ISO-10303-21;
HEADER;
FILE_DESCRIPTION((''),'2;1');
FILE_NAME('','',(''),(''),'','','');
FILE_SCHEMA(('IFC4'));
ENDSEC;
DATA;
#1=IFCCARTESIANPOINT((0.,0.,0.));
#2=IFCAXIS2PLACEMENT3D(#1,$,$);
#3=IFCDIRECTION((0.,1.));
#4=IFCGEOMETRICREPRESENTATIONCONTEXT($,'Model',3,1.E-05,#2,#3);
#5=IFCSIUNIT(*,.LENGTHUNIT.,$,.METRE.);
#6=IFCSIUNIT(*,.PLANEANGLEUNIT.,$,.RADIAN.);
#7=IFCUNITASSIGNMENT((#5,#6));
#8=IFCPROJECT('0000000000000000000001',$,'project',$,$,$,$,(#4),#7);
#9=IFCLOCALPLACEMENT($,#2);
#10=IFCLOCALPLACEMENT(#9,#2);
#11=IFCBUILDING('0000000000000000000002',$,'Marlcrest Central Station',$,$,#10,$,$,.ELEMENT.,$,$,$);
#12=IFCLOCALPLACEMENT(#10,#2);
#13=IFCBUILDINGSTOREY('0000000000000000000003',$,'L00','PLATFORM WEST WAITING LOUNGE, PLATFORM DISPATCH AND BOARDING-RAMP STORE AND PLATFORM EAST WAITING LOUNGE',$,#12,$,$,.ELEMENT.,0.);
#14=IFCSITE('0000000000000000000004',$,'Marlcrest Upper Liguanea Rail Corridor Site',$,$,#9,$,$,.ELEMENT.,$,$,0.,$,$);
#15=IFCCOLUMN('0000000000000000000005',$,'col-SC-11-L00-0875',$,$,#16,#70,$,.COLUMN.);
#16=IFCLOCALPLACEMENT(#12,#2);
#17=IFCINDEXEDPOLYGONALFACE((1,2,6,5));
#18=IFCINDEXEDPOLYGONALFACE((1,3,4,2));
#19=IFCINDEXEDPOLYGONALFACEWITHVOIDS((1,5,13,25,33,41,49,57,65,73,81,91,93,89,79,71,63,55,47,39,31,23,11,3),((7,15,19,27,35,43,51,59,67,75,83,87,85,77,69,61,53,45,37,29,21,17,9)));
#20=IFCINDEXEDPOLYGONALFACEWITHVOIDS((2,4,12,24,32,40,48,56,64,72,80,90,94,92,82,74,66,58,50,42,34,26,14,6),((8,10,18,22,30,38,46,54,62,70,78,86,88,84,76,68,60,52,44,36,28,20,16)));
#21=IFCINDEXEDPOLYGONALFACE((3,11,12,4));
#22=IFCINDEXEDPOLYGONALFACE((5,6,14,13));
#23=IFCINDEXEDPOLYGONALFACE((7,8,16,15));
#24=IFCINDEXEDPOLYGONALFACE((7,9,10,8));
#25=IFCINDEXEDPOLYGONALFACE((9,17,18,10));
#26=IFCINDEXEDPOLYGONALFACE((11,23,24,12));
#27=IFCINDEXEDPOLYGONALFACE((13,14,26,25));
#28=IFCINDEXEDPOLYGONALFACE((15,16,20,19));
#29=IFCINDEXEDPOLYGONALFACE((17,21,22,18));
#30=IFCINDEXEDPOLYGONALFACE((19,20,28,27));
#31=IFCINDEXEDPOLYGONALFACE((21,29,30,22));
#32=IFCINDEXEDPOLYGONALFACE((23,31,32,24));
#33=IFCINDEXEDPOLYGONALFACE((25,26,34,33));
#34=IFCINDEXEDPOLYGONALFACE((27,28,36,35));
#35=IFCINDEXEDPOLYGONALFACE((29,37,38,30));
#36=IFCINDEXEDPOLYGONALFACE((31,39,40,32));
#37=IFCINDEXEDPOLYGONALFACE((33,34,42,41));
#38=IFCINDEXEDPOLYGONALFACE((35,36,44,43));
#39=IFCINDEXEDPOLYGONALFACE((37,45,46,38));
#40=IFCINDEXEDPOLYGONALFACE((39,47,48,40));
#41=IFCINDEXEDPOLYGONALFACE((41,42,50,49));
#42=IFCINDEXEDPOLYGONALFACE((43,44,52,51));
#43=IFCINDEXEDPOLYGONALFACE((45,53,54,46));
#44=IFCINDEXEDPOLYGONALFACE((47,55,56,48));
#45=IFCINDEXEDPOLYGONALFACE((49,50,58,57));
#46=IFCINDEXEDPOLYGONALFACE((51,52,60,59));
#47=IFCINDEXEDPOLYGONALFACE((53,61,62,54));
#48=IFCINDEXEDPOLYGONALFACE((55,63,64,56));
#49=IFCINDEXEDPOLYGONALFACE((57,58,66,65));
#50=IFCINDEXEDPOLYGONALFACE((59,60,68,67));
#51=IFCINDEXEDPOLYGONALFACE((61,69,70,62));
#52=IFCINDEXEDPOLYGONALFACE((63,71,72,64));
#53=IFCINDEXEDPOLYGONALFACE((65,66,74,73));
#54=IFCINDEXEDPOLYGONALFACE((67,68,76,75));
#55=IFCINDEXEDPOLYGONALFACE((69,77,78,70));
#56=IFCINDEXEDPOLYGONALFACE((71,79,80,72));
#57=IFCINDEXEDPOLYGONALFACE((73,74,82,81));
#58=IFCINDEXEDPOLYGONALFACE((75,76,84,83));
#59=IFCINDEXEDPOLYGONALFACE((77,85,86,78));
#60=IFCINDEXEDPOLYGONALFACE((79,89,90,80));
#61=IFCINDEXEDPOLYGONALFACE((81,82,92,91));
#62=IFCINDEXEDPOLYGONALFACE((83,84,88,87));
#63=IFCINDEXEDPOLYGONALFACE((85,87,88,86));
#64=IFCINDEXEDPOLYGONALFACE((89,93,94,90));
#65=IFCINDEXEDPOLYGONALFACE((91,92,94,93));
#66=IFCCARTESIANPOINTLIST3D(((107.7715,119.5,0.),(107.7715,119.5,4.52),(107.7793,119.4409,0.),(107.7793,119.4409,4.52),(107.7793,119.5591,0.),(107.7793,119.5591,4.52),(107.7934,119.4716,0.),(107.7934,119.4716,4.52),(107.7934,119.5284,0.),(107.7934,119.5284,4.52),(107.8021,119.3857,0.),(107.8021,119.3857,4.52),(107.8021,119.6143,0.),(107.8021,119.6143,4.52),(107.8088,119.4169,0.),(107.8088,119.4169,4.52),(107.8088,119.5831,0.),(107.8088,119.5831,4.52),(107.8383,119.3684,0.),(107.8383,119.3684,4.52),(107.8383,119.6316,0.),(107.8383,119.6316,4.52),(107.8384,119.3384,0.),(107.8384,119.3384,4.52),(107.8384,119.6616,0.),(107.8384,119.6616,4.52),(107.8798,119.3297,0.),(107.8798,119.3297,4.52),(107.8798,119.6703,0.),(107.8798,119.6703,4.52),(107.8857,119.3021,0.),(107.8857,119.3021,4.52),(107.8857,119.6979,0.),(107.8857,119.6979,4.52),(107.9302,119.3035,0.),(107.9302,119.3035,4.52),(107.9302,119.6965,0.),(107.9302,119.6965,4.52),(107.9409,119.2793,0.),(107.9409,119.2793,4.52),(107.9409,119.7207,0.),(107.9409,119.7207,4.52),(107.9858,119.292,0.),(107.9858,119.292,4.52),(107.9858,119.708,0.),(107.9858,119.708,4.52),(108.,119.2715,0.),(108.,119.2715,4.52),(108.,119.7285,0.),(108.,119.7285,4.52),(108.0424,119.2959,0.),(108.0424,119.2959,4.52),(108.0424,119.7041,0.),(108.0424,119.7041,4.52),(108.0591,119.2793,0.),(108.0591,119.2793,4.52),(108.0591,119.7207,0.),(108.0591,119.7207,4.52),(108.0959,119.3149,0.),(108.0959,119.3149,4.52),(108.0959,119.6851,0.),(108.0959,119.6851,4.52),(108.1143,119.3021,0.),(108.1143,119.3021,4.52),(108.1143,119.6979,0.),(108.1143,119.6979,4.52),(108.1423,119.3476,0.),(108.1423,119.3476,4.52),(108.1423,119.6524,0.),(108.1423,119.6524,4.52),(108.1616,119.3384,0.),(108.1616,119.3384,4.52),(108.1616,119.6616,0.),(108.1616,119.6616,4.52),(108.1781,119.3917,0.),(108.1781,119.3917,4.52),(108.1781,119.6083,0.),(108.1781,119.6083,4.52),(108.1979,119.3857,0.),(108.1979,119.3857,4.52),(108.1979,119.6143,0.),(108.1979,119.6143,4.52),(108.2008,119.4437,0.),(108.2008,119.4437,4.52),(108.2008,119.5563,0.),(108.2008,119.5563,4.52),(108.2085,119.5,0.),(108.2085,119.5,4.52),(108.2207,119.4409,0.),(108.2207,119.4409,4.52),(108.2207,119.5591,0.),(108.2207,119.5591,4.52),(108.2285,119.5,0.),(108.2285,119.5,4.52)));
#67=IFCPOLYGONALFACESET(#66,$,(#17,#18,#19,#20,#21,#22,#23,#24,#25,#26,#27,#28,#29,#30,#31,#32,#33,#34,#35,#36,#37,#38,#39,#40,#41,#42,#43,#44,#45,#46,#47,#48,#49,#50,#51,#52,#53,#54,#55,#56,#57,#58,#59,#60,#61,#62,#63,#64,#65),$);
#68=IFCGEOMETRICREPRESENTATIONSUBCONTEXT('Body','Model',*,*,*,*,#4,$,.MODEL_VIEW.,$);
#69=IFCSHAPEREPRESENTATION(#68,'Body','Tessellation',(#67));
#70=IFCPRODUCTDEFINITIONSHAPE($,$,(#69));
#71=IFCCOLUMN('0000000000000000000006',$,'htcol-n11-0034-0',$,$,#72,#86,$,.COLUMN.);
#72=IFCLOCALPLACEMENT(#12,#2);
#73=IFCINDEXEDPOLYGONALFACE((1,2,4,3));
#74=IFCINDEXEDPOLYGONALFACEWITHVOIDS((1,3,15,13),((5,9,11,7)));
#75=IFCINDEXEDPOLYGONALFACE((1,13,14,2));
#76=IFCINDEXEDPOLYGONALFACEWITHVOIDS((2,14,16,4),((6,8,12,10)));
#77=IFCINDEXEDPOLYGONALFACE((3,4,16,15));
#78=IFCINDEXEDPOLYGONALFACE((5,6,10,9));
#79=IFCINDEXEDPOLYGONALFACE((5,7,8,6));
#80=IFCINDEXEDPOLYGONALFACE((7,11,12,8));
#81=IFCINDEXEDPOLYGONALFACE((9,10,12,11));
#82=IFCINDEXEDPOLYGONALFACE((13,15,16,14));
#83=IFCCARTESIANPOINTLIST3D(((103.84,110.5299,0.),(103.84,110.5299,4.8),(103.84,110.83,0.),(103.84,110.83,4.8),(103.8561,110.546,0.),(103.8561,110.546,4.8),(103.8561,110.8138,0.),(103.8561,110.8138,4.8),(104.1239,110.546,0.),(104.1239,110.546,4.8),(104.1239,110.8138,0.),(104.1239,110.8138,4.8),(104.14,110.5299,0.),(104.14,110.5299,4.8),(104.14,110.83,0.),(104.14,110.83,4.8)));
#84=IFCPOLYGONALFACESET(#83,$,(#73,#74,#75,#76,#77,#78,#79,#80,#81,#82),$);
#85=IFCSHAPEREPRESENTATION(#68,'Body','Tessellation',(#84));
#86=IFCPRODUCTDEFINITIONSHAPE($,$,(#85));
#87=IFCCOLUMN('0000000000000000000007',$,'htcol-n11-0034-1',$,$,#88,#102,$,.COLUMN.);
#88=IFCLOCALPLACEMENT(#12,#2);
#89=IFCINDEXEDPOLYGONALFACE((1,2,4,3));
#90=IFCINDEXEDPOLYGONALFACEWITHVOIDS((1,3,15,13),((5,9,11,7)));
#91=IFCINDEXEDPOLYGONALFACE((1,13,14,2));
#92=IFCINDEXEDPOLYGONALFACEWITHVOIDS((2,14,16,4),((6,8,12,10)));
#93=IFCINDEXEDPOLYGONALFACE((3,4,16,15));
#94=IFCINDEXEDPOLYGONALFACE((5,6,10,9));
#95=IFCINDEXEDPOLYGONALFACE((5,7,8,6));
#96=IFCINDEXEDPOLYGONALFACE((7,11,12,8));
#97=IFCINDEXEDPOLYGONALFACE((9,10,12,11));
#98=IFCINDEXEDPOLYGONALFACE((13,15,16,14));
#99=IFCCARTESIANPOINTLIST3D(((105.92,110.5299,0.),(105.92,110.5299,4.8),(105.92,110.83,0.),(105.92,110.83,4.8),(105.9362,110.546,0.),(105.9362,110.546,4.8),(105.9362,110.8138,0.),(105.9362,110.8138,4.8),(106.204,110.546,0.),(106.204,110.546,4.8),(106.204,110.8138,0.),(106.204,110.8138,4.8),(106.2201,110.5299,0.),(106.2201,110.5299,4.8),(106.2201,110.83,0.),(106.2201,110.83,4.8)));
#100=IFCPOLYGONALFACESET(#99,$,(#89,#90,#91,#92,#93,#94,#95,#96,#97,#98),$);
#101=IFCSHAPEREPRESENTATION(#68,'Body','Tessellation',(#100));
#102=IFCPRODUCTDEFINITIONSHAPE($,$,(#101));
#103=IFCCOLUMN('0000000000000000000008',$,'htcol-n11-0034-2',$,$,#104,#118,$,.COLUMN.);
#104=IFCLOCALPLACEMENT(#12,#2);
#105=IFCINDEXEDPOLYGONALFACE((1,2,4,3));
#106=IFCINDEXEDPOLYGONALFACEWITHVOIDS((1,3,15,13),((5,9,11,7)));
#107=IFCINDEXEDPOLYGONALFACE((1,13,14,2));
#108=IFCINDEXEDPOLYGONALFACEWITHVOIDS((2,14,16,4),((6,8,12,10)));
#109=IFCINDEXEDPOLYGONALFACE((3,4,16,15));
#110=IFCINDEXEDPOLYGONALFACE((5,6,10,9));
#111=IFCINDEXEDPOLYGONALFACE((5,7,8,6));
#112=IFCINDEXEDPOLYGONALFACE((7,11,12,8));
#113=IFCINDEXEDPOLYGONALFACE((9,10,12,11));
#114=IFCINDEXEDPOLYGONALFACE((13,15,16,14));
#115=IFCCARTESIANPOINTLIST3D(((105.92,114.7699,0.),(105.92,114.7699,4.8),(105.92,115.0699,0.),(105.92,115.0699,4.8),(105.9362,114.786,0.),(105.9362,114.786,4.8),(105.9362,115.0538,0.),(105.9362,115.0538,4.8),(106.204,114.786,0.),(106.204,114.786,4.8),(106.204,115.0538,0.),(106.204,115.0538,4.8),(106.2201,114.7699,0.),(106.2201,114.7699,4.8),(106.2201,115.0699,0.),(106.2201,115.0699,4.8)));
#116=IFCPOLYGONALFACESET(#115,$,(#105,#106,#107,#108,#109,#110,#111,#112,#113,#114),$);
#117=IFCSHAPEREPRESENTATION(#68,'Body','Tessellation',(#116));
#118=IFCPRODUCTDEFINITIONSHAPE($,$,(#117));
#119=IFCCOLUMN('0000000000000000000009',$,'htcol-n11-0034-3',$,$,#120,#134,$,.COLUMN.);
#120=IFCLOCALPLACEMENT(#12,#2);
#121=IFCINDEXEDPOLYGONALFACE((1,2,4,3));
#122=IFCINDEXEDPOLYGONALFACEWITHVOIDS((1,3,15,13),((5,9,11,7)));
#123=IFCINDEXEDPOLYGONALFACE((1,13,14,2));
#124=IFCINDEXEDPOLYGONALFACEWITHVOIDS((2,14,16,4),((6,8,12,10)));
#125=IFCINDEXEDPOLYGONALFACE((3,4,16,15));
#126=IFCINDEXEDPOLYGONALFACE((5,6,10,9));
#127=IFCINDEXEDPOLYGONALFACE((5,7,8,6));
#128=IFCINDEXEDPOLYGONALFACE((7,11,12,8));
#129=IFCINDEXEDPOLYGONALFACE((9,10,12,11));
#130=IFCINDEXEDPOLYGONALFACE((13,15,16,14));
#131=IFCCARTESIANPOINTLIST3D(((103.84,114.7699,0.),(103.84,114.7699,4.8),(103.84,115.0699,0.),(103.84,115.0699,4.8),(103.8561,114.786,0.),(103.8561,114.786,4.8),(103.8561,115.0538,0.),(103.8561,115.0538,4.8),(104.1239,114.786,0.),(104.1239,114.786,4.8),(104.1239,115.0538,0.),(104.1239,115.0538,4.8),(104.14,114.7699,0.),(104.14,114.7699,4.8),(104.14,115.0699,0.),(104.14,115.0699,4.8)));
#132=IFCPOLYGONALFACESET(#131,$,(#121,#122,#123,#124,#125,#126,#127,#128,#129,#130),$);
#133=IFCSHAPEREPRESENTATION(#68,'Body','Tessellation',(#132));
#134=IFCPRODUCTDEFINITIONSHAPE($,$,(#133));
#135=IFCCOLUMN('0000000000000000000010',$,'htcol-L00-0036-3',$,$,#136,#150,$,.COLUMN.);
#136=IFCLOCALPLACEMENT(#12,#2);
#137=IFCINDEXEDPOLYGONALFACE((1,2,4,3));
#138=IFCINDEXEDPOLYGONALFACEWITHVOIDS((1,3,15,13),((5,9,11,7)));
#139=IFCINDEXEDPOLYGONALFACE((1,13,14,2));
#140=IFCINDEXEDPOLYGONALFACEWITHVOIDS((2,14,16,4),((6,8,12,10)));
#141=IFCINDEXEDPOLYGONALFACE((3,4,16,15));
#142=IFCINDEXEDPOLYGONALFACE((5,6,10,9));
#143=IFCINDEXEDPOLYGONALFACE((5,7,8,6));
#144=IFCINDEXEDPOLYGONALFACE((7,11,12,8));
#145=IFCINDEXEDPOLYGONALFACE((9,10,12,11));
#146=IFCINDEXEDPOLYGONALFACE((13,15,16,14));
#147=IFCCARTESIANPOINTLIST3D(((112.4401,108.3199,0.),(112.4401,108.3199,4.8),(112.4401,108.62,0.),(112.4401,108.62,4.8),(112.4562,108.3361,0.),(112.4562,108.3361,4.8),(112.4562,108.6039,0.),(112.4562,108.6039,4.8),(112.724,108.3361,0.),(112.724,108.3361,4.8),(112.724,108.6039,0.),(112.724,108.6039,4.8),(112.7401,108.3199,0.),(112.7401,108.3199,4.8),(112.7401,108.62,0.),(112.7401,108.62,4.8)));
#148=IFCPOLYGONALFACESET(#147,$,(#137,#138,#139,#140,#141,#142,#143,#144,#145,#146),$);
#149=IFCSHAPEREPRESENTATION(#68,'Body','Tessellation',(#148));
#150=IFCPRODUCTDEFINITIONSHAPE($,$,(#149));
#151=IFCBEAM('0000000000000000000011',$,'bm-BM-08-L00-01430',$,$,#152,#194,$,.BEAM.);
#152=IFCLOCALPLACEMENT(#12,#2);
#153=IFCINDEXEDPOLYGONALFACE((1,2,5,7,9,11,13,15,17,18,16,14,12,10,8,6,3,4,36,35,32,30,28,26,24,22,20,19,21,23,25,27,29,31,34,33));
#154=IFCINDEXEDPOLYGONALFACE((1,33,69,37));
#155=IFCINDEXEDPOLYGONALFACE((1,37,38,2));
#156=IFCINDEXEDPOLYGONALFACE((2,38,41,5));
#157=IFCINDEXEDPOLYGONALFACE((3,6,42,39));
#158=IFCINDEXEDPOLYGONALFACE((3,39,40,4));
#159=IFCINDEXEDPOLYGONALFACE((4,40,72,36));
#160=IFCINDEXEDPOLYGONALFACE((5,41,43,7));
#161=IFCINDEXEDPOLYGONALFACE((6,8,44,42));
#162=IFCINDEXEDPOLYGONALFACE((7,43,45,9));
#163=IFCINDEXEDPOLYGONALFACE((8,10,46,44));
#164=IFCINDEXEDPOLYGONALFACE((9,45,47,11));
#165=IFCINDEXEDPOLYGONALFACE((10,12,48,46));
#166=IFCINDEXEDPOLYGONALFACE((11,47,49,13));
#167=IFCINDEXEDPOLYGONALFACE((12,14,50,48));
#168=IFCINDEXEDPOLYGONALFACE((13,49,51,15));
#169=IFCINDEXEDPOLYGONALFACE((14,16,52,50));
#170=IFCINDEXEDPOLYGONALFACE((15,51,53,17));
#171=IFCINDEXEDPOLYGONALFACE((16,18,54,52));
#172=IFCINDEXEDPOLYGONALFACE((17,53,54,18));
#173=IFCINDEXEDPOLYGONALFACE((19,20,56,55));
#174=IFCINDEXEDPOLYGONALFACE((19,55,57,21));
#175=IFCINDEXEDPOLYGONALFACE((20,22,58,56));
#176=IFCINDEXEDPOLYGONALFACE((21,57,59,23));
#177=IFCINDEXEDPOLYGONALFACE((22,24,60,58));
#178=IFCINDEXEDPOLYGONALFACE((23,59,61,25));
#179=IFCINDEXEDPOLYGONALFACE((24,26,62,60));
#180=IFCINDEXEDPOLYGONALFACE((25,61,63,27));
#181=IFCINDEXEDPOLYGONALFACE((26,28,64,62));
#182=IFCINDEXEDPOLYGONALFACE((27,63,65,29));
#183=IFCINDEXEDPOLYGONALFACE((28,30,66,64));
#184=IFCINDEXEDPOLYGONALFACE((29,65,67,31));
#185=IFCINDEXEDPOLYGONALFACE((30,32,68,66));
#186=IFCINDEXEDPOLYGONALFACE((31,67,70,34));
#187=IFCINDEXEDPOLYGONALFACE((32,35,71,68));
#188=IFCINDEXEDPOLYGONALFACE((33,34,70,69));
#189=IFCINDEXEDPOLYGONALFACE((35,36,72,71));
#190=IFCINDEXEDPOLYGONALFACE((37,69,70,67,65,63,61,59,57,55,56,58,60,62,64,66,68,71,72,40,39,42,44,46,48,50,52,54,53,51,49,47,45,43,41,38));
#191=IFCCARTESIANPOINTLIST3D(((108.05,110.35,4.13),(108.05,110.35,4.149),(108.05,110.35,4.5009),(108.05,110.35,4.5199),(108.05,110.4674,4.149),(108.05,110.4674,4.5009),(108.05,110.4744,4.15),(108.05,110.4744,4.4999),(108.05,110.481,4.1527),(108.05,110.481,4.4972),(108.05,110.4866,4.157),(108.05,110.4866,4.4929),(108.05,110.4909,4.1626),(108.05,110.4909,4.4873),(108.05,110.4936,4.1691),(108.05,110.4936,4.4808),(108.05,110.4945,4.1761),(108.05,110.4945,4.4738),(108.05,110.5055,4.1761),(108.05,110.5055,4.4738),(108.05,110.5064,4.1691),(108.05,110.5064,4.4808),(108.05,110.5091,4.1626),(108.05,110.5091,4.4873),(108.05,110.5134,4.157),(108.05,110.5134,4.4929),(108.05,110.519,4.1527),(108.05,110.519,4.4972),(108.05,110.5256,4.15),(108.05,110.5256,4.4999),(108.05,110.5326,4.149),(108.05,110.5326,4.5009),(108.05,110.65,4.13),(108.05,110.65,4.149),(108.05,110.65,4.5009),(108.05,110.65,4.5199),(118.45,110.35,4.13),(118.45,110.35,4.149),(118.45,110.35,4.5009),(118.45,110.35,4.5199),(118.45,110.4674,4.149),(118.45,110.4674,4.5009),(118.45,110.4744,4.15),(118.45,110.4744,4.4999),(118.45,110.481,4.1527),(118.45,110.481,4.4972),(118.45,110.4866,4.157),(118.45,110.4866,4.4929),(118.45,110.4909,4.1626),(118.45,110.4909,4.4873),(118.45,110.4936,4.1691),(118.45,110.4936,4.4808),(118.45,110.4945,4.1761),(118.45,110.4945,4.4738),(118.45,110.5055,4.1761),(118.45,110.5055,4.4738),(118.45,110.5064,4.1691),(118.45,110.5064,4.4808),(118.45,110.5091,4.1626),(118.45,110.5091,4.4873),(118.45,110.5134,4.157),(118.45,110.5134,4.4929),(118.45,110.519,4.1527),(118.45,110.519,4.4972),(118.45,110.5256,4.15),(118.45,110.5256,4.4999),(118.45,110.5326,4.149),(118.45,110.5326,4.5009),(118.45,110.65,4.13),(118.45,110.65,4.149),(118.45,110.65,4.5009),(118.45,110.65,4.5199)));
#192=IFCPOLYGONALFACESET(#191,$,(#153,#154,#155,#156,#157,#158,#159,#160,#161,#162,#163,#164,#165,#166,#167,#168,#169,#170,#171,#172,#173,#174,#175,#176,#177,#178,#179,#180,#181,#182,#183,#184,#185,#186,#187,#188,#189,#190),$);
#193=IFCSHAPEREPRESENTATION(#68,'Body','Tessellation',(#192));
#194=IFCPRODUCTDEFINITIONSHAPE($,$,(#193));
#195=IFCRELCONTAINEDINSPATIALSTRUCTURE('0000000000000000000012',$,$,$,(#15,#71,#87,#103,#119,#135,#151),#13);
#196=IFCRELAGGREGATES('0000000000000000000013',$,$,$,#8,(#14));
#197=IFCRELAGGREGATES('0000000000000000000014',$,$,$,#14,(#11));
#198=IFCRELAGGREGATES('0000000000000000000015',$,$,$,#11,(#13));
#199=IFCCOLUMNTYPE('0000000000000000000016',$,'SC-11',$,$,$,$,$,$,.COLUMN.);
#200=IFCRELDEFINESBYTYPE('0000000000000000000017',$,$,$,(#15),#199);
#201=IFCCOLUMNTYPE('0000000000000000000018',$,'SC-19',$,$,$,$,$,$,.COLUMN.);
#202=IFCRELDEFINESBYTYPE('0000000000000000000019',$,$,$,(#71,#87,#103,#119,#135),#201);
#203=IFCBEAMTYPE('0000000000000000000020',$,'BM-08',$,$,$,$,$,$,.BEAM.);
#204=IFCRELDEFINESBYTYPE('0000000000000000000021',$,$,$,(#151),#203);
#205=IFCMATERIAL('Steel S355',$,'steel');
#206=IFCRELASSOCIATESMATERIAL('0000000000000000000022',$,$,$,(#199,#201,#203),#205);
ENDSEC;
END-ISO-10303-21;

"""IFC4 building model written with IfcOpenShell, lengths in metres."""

from ifc_helpers import new_model, si_unit, direction, frame, origin, origin_2d, place, context, subcontext, project, spatial, hollow_rectangle, hollow_circle, i_section, extrude, material, material_profile, profile_set, type_object, element, save


model = new_model("IFC4")

# Units and contexts
model_context = context("Model", 3, precision=1e-05, world=origin(), true_north=direction((0.0, 1.0)))
body_context = subcontext(model_context, "Body", "Model", "MODEL_VIEW")
ifc_project = project(units=[si_unit("LENGTHUNIT", "METRE"), si_unit("PLANEANGLEUNIT", "RADIAN")], contexts=[model_context])

# Site, building, storey
site_placement = place(None, origin())
site = spatial("IfcSite", under=ifc_project, at=site_placement, Name="Marlcrest Upper Liguanea Rail Corridor Site", CompositionType="ELEMENT", RefElevation=0.0)
building_placement = place(site_placement, origin())
building = spatial("IfcBuilding", under=site, at=building_placement, Name="Marlcrest Central Station", CompositionType="ELEMENT")
storey_placement = place(building_placement, origin())
storey = spatial("IfcBuildingStorey", under=building, at=storey_placement, Name="L00", Description="PLATFORM WEST WAITING LOUNGE, PLATFORM DISPATCH AND BOARDING-RAMP STORE AND PLATFORM EAST WAITING LOUNGE", CompositionType="ELEMENT", Elevation=0.0)

# Columns
ifc_material_1 = material(Name="Steel S355", Category="steel")
ifc_material_profile_1 = material_profile(ifc_material_1, hollow_circle(Radius=0.2285, WallThickness=0.02, at=origin_2d()), Name="CHS 457x20")
ifc_profile_set_1 = profile_set([ifc_material_profile_1], Name="Steel S355")
column_type_1 = type_object("IfcColumnType", Name="SC-11", PredefinedType="COLUMN", material=ifc_profile_set_1)
column_1_placement = place(storey_placement, frame((108.0, 119.5, 0.0), z_axis=(0.0, 0.0, 1.0), x_axis=(1.0, 0.0, 0.0)))
element("IfcColumn", 1, at=column_1_placement, inside=storey, type_object=column_type_1, Name="col-SC-11-L00-0875", PredefinedType="COLUMN", context=body_context, shape_type="SweptSolid", body=[
    extrude(hollow_circle(Radius=0.2285, WallThickness=0.02, at=origin_2d()), origin(), (0.0, 0.0, 1.0), 4.52),
])
ifc_material_profile_2 = material_profile(ifc_material_1, hollow_rectangle(XDim=0.3, YDim=0.3, WallThickness=0.0161, at=origin_2d()), Name="SHS 300x300x16")
ifc_profile_set_2 = profile_set([ifc_material_profile_2], Name="Steel S355")
column_type_2 = type_object("IfcColumnType", Name="SC-19", PredefinedType="COLUMN", material=ifc_profile_set_2)
for number, where, z_axis, x_axis, name in (
    (2, (103.99, 110.6799, 0.0), (0.0, 0.0, 1.0), (1.0, 0.0, 0.0), "htcol-n11-0034-0"),
    (3, (106.0701, 110.6799, 0.0), (0.0, 0.0, 1.0), (1.0, 0.0, 0.0), "htcol-n11-0034-1"),
    (4, (106.0701, 114.9199, 0.0), (0.0, 0.0, 1.0), (1.0, 0.0, 0.0), "htcol-n11-0034-2"),
    (5, (103.99, 114.9199, 0.0), (0.0, 0.0, 1.0), (1.0, 0.0, 0.0), "htcol-n11-0034-3"),
    (6, (112.5901, 108.47, 0.0), (0.0, 0.0, 1.0), (1.0, 0.0, 0.0), "htcol-L00-0036-3"),
):
    element("IfcColumn", number, at=place(storey_placement, frame(where, z_axis=z_axis, x_axis=x_axis)), inside=storey, type_object=column_type_2, Name=name, PredefinedType="COLUMN", context=body_context, shape_type="SweptSolid", body=[
        extrude(hollow_rectangle(XDim=0.3, YDim=0.3, WallThickness=0.0161, at=origin_2d()), origin(), (0.0, 0.0, 1.0), 4.8),
    ])

# Beam
ifc_material_profile_3 = material_profile(ifc_material_1, i_section(OverallWidth=0.3, OverallDepth=0.3899, WebThickness=0.011, FlangeThickness=0.019, FilletRadius=0.0271, at=origin_2d()), Name="HEA 400")
ifc_profile_set_3 = profile_set([ifc_material_profile_3], Name="Steel S355")
beam_type_1 = type_object("IfcBeamType", Name="BM-08", PredefinedType="BEAM", material=ifc_profile_set_3)
beam_1_placement = place(storey_placement, frame((108.05, 110.5, 4.325), z_axis=(1.0, 0.0, 0.0), x_axis=(0.0, 1.0, 0.0)))
element("IfcBeam", 7, at=beam_1_placement, inside=storey, type_object=beam_type_1, Name="bm-BM-08-L00-01430", PredefinedType="BEAM", context=body_context, shape_type="SweptSolid", body=[
    extrude(i_section(OverallWidth=0.3, OverallDepth=0.3899, WebThickness=0.011, FlangeThickness=0.019, FilletRadius=0.0271, at=origin_2d()), origin(), (0.0, 0.0, 1.0), 10.3999),
])

save(model, "model.ifc")
